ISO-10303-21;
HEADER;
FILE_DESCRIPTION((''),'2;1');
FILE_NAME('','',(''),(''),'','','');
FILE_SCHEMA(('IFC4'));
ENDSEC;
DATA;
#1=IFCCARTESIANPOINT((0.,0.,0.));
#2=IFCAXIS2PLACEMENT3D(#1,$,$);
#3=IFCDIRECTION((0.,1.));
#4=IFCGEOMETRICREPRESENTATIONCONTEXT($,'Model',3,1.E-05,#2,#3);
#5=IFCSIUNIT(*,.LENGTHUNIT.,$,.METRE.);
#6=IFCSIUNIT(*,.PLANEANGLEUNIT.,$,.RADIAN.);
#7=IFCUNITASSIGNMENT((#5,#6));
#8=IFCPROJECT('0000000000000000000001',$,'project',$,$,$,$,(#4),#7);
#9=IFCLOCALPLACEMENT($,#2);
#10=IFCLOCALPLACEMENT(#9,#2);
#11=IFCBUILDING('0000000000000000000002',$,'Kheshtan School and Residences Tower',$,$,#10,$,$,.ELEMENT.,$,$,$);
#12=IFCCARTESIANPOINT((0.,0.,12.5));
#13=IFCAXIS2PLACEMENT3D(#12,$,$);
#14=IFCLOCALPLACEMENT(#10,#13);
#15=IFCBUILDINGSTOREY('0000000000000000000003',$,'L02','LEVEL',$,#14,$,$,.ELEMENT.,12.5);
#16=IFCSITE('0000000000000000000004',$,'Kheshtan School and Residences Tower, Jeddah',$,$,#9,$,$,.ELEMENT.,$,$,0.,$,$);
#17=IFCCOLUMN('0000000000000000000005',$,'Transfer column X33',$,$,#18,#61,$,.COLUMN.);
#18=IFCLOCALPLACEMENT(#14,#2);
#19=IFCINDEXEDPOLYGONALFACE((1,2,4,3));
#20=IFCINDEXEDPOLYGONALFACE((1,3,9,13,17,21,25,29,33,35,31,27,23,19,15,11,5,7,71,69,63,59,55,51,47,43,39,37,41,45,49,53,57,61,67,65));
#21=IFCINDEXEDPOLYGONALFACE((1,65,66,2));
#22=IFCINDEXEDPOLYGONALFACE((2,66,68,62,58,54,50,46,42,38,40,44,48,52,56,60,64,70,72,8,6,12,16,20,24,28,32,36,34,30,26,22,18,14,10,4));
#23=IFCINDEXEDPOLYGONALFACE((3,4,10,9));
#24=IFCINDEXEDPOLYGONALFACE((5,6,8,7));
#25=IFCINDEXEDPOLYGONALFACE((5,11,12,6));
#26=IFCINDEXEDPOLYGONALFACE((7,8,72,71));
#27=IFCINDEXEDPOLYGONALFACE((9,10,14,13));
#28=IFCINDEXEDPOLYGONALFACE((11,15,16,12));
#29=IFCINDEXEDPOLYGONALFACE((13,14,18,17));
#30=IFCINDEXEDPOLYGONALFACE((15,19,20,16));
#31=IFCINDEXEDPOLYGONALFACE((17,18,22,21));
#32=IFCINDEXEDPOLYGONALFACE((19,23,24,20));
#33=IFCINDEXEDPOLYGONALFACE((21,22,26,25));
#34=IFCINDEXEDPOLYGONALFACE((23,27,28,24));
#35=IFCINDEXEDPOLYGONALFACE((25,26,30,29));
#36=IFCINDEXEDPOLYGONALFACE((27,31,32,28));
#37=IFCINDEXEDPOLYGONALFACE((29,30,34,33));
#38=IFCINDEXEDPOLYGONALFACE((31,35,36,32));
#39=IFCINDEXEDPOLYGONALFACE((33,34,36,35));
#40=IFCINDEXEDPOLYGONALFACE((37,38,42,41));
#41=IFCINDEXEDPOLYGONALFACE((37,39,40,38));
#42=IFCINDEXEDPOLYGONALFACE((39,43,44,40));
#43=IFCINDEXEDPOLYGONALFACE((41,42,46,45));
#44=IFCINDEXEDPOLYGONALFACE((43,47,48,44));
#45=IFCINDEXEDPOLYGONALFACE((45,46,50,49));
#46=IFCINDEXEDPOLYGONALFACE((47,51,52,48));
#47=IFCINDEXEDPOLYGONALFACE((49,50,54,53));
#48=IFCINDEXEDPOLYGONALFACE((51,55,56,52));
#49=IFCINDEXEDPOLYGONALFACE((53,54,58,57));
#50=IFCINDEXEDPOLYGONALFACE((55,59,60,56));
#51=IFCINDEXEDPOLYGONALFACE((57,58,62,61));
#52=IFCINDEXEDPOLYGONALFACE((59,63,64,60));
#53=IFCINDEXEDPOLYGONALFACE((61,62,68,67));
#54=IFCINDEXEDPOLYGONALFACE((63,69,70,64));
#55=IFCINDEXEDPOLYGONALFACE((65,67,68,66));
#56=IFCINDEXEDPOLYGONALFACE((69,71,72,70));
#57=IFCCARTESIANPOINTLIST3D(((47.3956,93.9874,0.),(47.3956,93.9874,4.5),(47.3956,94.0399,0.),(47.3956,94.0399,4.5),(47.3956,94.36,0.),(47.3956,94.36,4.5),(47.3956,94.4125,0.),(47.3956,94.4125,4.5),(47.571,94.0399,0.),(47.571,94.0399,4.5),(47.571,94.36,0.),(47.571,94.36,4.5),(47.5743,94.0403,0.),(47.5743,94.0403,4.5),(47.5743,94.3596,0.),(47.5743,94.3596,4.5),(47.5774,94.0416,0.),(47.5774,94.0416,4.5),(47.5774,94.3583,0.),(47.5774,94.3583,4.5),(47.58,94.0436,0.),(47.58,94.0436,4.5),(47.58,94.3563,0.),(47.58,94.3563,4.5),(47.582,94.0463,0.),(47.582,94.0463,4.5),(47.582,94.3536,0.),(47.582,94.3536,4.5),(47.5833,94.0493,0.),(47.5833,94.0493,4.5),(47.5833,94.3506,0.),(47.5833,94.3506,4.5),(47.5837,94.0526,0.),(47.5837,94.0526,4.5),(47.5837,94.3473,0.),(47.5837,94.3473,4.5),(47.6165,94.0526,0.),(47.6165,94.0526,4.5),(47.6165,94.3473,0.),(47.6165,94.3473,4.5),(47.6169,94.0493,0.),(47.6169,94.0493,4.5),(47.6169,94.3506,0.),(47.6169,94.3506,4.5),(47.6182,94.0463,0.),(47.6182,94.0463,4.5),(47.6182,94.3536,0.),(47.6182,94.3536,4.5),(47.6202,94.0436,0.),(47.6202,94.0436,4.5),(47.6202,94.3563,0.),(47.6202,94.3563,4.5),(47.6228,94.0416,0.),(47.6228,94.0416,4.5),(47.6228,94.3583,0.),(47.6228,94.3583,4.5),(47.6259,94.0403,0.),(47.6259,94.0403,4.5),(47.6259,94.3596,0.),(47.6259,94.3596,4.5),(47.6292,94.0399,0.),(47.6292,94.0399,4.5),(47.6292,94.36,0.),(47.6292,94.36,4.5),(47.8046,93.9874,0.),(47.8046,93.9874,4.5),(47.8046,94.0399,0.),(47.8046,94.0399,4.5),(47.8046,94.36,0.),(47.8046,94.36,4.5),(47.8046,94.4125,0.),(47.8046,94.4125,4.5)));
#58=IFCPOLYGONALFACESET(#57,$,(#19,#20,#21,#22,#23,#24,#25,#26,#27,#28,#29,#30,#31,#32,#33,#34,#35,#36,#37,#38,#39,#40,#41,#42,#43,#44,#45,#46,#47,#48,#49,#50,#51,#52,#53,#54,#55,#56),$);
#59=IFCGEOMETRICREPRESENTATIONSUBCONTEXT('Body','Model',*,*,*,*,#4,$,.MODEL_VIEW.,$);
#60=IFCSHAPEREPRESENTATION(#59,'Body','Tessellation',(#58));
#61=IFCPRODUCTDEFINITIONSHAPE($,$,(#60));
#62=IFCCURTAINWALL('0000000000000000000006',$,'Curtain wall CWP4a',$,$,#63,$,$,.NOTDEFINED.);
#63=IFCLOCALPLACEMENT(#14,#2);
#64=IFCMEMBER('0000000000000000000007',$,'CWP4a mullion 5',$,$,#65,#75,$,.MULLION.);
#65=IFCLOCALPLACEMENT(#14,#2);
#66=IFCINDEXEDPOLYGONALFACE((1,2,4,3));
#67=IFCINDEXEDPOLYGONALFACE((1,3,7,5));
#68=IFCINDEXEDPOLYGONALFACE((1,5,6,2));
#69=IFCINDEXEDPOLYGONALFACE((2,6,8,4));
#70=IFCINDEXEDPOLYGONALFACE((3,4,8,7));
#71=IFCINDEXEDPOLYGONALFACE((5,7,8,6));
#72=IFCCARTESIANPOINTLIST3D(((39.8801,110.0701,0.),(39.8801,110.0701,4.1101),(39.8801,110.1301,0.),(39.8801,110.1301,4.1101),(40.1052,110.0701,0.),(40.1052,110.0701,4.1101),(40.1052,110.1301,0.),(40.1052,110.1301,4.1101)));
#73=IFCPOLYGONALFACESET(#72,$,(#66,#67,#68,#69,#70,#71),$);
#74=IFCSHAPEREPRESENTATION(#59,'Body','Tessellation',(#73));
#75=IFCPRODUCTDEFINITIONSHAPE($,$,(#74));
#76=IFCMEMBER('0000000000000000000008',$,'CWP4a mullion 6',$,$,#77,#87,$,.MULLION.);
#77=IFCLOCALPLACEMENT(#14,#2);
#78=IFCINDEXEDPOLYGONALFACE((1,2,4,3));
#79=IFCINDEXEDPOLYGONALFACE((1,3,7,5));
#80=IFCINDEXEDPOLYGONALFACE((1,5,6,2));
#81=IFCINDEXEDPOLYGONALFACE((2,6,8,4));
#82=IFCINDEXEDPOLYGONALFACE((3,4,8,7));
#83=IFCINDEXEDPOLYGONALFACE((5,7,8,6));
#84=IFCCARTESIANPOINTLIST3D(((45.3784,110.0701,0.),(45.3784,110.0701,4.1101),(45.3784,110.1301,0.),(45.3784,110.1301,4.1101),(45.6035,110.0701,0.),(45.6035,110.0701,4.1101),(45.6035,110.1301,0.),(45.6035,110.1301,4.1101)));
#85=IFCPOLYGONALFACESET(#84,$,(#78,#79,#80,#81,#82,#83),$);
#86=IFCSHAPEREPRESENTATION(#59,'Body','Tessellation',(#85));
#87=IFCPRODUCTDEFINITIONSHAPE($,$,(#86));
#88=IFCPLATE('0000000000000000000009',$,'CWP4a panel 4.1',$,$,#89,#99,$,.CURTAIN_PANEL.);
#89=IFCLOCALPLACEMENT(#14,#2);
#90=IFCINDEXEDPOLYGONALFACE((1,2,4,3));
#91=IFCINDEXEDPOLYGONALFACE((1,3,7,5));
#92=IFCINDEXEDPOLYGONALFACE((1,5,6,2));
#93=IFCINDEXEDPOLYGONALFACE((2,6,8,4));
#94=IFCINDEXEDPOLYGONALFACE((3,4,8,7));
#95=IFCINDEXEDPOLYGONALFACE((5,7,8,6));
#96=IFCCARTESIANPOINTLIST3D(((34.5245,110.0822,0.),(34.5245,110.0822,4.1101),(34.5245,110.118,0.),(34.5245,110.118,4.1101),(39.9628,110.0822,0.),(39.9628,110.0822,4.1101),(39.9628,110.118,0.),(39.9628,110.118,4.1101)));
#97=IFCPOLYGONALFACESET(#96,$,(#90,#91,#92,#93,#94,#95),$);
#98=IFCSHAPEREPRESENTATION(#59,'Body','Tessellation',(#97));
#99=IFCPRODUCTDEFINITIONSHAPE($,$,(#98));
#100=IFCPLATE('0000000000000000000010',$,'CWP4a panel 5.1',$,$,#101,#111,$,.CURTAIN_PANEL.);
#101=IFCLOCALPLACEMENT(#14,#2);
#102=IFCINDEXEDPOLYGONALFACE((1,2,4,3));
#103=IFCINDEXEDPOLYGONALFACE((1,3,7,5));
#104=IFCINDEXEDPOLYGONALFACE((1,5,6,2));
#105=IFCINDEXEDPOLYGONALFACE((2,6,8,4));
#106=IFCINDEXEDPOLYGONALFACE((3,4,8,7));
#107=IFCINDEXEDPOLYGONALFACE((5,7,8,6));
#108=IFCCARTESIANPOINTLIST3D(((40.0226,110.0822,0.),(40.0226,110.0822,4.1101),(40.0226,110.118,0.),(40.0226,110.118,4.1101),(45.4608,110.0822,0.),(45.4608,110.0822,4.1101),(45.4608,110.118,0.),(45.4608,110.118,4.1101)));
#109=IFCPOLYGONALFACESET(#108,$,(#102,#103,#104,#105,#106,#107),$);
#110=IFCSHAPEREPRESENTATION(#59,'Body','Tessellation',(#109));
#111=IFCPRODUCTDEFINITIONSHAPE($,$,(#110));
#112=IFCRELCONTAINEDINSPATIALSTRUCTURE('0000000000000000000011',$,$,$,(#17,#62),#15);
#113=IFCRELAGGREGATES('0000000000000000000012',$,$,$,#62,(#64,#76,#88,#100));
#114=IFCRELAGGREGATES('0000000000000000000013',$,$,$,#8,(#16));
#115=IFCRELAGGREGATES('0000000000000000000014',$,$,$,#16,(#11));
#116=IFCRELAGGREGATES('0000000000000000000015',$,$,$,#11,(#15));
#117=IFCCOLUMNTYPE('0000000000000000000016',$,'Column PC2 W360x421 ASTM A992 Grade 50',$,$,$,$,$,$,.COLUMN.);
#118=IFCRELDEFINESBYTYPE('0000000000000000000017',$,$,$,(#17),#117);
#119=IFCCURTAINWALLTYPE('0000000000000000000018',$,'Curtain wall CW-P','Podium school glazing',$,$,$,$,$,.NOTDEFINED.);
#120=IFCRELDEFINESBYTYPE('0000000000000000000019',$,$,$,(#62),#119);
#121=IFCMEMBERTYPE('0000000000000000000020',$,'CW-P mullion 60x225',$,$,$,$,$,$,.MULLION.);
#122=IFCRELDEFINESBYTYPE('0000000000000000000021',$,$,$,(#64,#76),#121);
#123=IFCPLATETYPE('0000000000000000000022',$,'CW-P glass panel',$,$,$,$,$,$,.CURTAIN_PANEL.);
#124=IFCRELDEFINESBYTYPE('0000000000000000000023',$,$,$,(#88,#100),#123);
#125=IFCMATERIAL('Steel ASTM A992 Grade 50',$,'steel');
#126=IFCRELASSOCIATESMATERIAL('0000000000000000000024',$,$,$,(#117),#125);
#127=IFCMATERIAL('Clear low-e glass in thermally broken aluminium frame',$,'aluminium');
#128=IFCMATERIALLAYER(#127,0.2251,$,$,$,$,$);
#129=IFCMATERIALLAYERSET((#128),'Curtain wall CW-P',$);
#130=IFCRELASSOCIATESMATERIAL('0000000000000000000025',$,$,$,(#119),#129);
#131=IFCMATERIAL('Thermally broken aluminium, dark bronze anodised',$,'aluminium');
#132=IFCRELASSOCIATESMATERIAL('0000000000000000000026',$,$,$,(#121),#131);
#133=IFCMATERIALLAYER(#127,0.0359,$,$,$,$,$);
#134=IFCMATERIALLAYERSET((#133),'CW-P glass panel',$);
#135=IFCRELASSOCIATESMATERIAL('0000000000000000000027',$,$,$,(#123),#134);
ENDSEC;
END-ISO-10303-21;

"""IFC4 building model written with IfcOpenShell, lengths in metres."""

from ifc_helpers import new_model, si_unit, direction, frame, origin, origin_2d, place, context, subcontext, project, spatial, rectangle, i_section, extrude, material, layer, layer_set, material_profile, profile_set, type_object, element, aggregate, save


model = new_model("IFC4")

# Units and contexts
model_context = context("Model", 3, precision=1e-05, world=origin(), true_north=direction((0.0, 1.0)))
body_context = subcontext(model_context, "Body", "Model", "MODEL_VIEW")
ifc_project = project(units=[si_unit("LENGTHUNIT", "METRE"), si_unit("PLANEANGLEUNIT", "RADIAN")], contexts=[model_context])

# Site, building, storey
site_placement = place(None, origin())
site = spatial("IfcSite", under=ifc_project, at=site_placement, Name="Kheshtan School and Residences Tower, Jeddah", CompositionType="ELEMENT", RefElevation=0.0)
building_placement = place(site_placement, origin())
building = spatial("IfcBuilding", under=site, at=building_placement, Name="Kheshtan School and Residences Tower", CompositionType="ELEMENT")
storey_placement = place(building_placement, frame((0.0, 0.0, 12.5)))
storey = spatial("IfcBuildingStorey", under=building, at=storey_placement, Name="L02", Description="LEVEL", CompositionType="ELEMENT", Elevation=12.5)

# Column
ifc_material_1 = material(Name="Steel ASTM A992 Grade 50", Category="steel")
ifc_material_profile_1 = material_profile(ifc_material_1, i_section(OverallWidth=0.4089, OverallDepth=0.425, WebThickness=0.0327, FlangeThickness=0.0525, FilletRadius=0.0127, at=origin_2d()), Name="W360x421")
ifc_profile_set_1 = profile_set([ifc_material_profile_1], Name="Steel ASTM A992 Grade 50")
column_type = type_object("IfcColumnType", Name="Column PC2 W360x421 ASTM A992 Grade 50", PredefinedType="COLUMN", material=ifc_profile_set_1)
for number, where, z_axis, x_axis, name in (
    (1, (47.6001, 94.2, 0.0), (0.0, 0.0, 1.0), (1.0, 0.0, 0.0), "Transfer column X33"),
):
    element("IfcColumn", number, at=place(storey_placement, frame(where, z_axis=z_axis, x_axis=x_axis)), inside=storey, type_object=column_type, Name=name, PredefinedType="COLUMN", context=body_context, shape_type="SweptSolid", body=[
        extrude(i_section(OverallWidth=0.4089, OverallDepth=0.425, WebThickness=0.0327, FlangeThickness=0.0525, FilletRadius=0.0127, at=origin_2d()), origin(), (0.0, 0.0, 1.0), 4.5),
    ])

# Curtain wall, members, plates
ifc_material_2 = material(Name="Clear low-e glass in thermally broken aluminium frame", Category="aluminium")
ifc_layer_1 = layer(ifc_material_2, 0.2251)
ifc_layer_set_1 = layer_set([ifc_layer_1], Name="Curtain wall CW-P")
curtain_wall_type = type_object("IfcCurtainWallType", Name="Curtain wall CW-P", Description="Podium school glazing", PredefinedType="NOTDEFINED", material=ifc_layer_set_1)
curtain_wall_placement = place(storey_placement, origin())
curtain_wall = element("IfcCurtainWall", 2, at=curtain_wall_placement, inside=storey, type_object=curtain_wall_type, Name="Curtain wall CWP4a", PredefinedType="NOTDEFINED")
ifc_material_3 = material(Name="Thermally broken aluminium, dark bronze anodised", Category="aluminium")
ifc_material_profile_2 = material_profile(ifc_material_3, rectangle(XDim=0.0601, YDim=0.2251, at=origin_2d()), Name="CW-P mullion 60x225")
ifc_profile_set_2 = profile_set([ifc_material_profile_2], Name="Thermally broken aluminium, dark bronze anodised")
member_type = type_object("IfcMemberType", Name="CW-P mullion 60x225", PredefinedType="MULLION", material=ifc_profile_set_2)
member_1_placement = place(storey_placement, frame((39.9927, 110.1001, 0.0), z_axis=(0.0, 0.0, 1.0), x_axis=(0.0, 1.0, 0.0)))
member_1 = element("IfcMember", 3, at=member_1_placement, type_object=member_type, Name="CWP4a mullion 5", PredefinedType="MULLION", context=body_context, shape_type="SweptSolid", body=[
    extrude(rectangle(XDim=0.0601, YDim=0.2251, at=origin_2d()), origin(), (0.0, 0.0, 1.0), 4.1101),
])
member_2_placement = place(storey_placement, frame((45.491, 110.1001, 0.0), z_axis=(0.0, 0.0, 1.0), x_axis=(0.0, 1.0, 0.0)))
member_2 = element("IfcMember", 4, at=member_2_placement, type_object=member_type, Name="CWP4a mullion 6", PredefinedType="MULLION", context=body_context, shape_type="SweptSolid", body=[
    extrude(rectangle(XDim=0.0601, YDim=0.2251, at=origin_2d()), origin(), (0.0, 0.0, 1.0), 4.1101),
])
ifc_layer_2 = layer(ifc_material_2, 0.0359)
ifc_layer_set_2 = layer_set([ifc_layer_2], Name="CW-P glass panel")
plate_type = type_object("IfcPlateType", Name="CW-P glass panel", PredefinedType="CURTAIN_PANEL", material=ifc_layer_set_2)
plate_1_placement = place(storey_placement, frame((37.2437, 110.1001, 0.0), z_axis=(0.0, 0.0, 1.0), x_axis=(1.0, 0.0, 0.0)))
plate_1 = element("IfcPlate", 5, at=plate_1_placement, type_object=plate_type, Name="CWP4a panel 4.1", PredefinedType="CURTAIN_PANEL", context=body_context, shape_type="SweptSolid", body=[
    extrude(rectangle(XDim=5.4382, YDim=0.0359, at=origin_2d()), origin(), (0.0, 0.0, 1.0), 4.1101),
])
plate_2_placement = place(storey_placement, frame((42.7417, 110.1001, 0.0), z_axis=(0.0, 0.0, 1.0), x_axis=(1.0, 0.0, 0.0)))
plate_2 = element("IfcPlate", 6, at=plate_2_placement, type_object=plate_type, Name="CWP4a panel 5.1", PredefinedType="CURTAIN_PANEL", context=body_context, shape_type="SweptSolid", body=[
    extrude(rectangle(XDim=5.4382, YDim=0.0359, at=origin_2d()), origin(), (0.0, 0.0, 1.0), 4.1101),
])
aggregate(curtain_wall, [member_1, member_2, plate_1, plate_2])

save(model, "model.ifc")
